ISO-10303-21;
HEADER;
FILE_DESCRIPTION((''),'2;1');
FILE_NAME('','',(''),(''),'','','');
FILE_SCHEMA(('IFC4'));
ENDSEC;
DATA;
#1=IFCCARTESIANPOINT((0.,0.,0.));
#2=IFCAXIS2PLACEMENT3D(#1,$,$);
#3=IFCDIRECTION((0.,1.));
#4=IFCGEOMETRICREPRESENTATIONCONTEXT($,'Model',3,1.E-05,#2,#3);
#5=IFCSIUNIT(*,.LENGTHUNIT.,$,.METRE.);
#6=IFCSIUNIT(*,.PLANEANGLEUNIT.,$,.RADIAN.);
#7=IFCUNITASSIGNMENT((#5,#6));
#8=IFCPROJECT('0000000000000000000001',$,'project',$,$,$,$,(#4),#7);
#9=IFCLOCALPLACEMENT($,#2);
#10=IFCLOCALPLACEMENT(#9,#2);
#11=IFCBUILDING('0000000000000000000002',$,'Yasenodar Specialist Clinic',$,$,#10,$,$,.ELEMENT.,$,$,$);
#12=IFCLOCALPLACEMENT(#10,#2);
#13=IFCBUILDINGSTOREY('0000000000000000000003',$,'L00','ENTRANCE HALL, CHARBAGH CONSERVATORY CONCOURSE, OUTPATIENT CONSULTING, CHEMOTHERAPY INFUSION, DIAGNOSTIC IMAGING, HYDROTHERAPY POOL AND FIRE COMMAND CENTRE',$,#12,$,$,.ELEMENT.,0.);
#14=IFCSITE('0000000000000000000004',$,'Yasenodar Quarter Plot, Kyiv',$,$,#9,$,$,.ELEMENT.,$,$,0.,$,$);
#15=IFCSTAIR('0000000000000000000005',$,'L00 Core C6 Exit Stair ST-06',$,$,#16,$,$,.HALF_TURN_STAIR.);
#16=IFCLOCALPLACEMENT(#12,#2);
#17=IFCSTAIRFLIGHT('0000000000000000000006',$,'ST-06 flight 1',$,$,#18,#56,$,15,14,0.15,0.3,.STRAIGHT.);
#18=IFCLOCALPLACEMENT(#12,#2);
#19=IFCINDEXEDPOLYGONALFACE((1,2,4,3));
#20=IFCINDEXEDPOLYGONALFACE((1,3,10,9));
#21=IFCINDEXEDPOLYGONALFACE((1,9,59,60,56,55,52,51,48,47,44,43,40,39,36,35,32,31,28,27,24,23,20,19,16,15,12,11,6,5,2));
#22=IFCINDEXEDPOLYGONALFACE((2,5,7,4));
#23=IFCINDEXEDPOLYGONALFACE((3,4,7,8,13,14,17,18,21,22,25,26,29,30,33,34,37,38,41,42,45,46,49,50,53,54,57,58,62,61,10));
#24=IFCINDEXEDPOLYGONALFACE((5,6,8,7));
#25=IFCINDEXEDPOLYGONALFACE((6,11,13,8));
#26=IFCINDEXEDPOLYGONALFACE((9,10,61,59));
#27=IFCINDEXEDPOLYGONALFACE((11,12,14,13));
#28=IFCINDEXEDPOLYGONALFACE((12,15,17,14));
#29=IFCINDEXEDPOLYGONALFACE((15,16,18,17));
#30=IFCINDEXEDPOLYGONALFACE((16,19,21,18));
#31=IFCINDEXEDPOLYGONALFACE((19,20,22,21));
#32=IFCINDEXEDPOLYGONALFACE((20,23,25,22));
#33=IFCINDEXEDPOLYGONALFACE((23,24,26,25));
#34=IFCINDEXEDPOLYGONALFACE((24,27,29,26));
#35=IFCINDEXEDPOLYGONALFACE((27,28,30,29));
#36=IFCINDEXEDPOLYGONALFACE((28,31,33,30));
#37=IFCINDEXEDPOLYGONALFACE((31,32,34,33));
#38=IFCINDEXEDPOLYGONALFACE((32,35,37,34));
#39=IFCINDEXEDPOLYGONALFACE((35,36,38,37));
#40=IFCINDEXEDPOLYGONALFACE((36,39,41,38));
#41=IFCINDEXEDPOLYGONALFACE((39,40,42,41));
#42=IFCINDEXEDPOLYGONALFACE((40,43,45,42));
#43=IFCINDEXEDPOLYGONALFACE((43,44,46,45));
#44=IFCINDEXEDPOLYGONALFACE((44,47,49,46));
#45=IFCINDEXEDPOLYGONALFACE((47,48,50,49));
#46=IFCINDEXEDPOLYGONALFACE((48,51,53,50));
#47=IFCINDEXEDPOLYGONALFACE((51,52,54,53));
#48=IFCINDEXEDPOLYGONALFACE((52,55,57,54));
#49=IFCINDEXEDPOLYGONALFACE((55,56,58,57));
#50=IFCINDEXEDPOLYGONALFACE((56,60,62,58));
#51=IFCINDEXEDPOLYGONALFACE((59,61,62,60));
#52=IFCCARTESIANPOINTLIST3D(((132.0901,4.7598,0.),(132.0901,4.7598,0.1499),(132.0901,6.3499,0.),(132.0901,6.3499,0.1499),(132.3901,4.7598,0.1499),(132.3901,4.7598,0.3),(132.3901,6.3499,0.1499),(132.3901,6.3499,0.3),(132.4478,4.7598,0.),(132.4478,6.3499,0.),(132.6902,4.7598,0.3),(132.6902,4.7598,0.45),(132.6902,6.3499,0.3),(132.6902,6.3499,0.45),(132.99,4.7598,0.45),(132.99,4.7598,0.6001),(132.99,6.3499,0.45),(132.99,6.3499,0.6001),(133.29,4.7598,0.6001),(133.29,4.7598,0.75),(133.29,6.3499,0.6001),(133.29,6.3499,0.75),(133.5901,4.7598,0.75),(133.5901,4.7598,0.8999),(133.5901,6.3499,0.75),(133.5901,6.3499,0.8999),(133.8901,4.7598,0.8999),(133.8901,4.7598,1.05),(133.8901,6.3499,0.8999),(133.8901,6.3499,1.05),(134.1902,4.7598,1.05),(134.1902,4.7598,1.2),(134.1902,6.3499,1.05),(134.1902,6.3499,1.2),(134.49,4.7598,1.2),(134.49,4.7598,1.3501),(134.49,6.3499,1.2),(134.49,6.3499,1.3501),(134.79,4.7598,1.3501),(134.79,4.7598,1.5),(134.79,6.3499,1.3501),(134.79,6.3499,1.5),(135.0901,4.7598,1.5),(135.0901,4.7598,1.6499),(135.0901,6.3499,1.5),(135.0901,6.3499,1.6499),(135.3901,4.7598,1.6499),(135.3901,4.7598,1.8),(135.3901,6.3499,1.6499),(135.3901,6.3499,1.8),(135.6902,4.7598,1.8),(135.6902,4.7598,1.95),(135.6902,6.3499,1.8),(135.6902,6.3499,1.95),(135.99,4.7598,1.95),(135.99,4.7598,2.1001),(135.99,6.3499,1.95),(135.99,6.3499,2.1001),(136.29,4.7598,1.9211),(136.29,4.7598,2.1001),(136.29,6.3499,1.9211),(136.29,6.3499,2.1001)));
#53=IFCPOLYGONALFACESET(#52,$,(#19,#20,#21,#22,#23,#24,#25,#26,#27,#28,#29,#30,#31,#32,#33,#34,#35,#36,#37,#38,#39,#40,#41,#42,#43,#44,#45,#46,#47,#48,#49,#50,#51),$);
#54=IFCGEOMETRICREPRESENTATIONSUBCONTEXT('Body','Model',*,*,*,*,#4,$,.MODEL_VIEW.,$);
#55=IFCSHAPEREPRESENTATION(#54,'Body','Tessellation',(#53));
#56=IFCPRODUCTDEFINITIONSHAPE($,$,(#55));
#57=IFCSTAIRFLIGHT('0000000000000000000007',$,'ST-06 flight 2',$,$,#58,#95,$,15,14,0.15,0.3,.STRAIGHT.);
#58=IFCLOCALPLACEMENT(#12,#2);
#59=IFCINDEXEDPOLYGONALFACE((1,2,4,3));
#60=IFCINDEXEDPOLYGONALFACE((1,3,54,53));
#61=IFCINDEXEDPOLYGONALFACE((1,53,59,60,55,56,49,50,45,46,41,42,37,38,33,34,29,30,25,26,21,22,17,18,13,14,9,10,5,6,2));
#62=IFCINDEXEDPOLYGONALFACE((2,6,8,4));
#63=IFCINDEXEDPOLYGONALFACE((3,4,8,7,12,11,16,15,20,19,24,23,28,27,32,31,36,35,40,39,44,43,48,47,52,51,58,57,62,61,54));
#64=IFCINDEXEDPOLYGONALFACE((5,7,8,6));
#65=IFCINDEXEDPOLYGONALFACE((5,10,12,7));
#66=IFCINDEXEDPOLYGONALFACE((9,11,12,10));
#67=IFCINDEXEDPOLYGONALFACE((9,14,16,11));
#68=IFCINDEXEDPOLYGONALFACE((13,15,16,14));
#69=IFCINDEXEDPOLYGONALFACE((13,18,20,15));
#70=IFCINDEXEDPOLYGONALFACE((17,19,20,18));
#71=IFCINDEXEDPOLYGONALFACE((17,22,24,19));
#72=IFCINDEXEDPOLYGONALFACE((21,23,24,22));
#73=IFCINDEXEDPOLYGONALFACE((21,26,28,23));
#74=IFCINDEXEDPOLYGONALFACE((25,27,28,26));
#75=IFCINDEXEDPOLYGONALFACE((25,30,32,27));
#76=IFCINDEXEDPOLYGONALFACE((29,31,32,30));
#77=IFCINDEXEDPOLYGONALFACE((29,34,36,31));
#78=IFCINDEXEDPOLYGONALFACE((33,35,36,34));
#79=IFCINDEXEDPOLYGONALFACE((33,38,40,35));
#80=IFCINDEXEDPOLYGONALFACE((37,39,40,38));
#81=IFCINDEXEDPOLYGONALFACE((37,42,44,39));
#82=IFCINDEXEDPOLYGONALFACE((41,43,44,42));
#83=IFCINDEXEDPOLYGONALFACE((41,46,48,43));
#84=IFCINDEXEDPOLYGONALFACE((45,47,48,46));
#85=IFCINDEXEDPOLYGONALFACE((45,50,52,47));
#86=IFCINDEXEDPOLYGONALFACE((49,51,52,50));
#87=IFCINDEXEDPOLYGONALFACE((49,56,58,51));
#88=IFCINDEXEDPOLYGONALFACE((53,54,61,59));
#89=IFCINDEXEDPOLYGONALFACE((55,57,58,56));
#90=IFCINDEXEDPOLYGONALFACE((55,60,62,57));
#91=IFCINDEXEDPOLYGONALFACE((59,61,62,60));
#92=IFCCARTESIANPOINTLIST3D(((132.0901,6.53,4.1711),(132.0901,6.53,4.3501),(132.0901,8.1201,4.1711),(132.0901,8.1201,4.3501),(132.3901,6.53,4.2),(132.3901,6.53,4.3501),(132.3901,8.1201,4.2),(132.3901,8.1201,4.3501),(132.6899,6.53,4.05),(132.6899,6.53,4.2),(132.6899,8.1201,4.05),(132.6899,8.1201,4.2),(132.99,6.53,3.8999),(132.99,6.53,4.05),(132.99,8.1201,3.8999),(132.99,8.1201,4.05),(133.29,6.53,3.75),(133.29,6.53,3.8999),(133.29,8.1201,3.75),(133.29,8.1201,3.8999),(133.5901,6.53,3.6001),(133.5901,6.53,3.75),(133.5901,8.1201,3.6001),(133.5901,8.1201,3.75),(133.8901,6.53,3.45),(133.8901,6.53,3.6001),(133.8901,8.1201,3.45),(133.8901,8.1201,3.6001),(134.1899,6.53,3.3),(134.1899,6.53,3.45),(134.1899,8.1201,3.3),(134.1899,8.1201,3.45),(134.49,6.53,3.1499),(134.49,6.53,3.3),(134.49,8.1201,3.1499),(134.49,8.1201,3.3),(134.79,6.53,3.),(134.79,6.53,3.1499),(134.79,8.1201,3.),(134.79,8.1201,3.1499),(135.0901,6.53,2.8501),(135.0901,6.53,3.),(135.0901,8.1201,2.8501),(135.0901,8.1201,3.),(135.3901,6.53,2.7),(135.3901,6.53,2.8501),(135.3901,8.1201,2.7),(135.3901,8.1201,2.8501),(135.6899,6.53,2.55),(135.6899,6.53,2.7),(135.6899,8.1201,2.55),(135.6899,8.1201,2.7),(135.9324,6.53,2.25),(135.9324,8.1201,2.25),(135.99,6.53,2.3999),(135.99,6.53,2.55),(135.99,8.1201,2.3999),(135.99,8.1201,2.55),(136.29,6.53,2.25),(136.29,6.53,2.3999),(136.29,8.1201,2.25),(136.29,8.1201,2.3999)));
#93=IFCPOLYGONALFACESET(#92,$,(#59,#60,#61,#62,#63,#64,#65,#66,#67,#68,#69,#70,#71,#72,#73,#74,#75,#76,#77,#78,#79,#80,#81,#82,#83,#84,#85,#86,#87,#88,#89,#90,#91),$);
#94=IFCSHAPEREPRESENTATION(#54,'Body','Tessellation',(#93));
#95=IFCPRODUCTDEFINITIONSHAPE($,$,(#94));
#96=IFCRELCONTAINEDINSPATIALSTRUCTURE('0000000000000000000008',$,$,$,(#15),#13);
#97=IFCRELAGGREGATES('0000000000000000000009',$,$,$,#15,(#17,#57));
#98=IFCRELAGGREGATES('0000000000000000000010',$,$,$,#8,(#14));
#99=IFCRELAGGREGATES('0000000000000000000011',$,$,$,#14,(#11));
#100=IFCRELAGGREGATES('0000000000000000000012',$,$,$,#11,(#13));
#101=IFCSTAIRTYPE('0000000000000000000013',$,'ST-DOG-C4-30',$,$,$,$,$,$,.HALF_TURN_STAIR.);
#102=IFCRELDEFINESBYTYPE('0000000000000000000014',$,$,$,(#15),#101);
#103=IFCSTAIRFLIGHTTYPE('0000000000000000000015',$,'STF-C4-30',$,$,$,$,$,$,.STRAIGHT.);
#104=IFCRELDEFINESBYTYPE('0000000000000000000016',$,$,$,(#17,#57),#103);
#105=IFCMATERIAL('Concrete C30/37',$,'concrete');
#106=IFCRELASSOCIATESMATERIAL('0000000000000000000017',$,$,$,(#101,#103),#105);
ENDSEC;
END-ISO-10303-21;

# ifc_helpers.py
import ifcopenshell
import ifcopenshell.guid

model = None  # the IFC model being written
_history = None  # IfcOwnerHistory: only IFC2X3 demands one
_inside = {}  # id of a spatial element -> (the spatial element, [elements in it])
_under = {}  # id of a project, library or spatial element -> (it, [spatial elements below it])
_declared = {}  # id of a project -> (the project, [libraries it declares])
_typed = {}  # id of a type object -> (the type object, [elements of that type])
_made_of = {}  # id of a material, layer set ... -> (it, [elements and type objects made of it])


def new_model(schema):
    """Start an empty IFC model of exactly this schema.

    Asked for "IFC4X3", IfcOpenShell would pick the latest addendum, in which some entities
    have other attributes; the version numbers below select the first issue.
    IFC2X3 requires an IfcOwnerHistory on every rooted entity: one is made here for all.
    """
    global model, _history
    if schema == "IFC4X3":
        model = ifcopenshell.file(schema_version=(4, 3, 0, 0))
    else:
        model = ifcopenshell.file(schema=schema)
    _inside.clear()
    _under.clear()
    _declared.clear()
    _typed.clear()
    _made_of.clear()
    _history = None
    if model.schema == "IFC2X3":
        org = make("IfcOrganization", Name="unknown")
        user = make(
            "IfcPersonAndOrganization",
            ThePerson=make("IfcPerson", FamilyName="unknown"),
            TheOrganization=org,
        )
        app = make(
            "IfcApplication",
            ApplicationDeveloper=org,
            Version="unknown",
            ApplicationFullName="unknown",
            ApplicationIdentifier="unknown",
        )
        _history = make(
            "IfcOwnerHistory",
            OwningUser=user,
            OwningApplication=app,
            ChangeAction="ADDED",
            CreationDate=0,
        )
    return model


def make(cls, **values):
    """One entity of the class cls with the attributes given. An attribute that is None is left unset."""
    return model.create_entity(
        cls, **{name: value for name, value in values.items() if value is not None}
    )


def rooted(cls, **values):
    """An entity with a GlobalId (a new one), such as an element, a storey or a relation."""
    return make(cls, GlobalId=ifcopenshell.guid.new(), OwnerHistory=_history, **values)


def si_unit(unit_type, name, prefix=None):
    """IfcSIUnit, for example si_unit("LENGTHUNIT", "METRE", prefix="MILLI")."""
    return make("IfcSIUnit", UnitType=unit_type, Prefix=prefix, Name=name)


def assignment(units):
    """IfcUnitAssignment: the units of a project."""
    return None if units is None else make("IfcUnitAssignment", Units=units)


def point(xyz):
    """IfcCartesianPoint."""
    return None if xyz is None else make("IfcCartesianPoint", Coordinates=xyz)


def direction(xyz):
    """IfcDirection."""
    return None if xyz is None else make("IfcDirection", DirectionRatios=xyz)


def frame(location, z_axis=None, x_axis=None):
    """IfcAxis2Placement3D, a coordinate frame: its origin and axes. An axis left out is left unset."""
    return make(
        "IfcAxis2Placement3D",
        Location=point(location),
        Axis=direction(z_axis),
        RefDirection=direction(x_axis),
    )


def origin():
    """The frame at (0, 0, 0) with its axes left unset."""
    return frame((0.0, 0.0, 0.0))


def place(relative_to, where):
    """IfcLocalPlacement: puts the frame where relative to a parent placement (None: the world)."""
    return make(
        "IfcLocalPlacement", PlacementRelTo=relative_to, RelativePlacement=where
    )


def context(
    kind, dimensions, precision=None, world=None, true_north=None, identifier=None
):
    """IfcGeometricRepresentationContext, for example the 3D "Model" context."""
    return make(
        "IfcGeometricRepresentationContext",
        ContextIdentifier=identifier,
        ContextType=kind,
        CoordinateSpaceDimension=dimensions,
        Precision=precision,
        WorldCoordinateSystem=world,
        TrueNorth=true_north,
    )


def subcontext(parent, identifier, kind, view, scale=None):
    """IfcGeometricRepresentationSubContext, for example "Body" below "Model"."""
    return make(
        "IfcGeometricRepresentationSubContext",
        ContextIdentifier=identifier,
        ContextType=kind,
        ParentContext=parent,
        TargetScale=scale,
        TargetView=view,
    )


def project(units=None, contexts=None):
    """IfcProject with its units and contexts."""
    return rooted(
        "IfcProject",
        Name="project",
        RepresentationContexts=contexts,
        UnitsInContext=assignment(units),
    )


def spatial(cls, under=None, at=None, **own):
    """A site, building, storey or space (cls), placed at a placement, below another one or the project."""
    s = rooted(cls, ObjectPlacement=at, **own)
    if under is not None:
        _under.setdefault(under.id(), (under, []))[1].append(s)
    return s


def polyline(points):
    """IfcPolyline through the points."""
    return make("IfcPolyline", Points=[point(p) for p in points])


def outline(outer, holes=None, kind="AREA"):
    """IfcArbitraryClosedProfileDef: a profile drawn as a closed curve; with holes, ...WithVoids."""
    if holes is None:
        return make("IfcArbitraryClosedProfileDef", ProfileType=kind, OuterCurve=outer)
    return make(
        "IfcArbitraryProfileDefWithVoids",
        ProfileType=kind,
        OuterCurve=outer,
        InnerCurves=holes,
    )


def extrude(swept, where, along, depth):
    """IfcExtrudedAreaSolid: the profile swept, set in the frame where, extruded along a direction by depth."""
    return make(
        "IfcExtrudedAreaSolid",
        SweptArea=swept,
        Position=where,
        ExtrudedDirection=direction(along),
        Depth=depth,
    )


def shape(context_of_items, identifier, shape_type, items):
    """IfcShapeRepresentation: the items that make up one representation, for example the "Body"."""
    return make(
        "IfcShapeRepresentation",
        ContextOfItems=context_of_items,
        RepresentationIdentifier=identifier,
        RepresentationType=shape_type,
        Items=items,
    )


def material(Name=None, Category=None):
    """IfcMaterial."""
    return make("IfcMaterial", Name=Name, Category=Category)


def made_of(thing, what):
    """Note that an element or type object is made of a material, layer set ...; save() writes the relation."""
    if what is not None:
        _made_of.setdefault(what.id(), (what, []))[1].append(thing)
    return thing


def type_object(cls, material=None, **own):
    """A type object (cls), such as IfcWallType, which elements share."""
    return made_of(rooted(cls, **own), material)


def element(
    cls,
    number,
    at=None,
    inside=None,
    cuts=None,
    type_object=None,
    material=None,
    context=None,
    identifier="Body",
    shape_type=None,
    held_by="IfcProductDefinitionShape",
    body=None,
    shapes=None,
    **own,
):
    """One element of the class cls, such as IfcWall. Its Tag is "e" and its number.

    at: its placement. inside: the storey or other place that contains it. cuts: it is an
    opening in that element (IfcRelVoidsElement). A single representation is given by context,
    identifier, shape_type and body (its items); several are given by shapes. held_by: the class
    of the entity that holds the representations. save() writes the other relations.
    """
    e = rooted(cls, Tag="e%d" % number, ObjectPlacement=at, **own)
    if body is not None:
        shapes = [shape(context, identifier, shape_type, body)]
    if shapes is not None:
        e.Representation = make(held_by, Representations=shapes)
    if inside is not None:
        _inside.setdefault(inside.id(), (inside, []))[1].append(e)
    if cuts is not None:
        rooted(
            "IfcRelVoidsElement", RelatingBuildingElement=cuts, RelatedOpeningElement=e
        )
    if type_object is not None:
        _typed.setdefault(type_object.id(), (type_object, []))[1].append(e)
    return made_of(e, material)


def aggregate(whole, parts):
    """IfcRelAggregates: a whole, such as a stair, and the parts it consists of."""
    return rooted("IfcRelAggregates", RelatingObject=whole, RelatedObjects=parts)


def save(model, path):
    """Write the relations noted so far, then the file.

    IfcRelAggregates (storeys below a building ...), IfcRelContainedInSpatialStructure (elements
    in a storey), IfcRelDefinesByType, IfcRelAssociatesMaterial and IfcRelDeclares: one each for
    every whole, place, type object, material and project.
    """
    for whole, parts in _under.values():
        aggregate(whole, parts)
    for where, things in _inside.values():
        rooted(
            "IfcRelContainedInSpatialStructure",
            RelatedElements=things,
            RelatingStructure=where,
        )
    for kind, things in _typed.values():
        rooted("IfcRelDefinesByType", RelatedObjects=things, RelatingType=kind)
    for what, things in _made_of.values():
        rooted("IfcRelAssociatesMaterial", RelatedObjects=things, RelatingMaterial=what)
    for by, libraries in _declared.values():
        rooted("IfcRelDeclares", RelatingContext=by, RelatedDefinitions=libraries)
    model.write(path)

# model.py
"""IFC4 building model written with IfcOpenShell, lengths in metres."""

from ifc_helpers import new_model, si_unit, direction, frame, origin, place, context, subcontext, project, spatial, polyline, outline, extrude, material, type_object, element, aggregate, save


model = new_model("IFC4")

# Units and contexts
model_context = context("Model", 3, precision=1e-05, world=origin(), true_north=direction((0.0, 1.0)))
body_context = subcontext(model_context, "Body", "Model", "MODEL_VIEW")
ifc_project = project(units=[si_unit("LENGTHUNIT", "METRE"), si_unit("PLANEANGLEUNIT", "RADIAN")], contexts=[model_context])

# Site, building, storey
site_placement = place(None, origin())
site = spatial("IfcSite", under=ifc_project, at=site_placement, Name="Yasenodar Quarter Plot, Kyiv", CompositionType="ELEMENT", RefElevation=0.0)
building_placement = place(site_placement, origin())
building = spatial("IfcBuilding", under=site, at=building_placement, Name="Yasenodar Specialist Clinic", CompositionType="ELEMENT")
storey_placement = place(building_placement, origin())
storey = spatial("IfcBuildingStorey", under=building, at=storey_placement, Name="L00", Description="ENTRANCE HALL, CHARBAGH CONSERVATORY CONCOURSE, OUTPATIENT CONSULTING, CHEMOTHERAPY INFUSION, DIAGNOSTIC IMAGING, HYDROTHERAPY POOL AND FIRE COMMAND CENTRE", CompositionType="ELEMENT", Elevation=0.0)

# Stair, stair flights
ifc_material_1 = material(Name="Concrete C30/37", Category="concrete")
stair_type = type_object("IfcStairType", Name="ST-DOG-C4-30", PredefinedType="HALF_TURN_STAIR", material=ifc_material_1)
stair_placement = place(storey_placement, origin())
stair = element("IfcStair", 1, at=stair_placement, inside=storey, type_object=stair_type, Name="L00 Core C6 Exit Stair ST-06", PredefinedType="HALF_TURN_STAIR")
stair_flight_type = type_object("IfcStairFlightType", Name="STF-C4-30", PredefinedType="STRAIGHT", material=ifc_material_1)
stair_flight_1_placement = place(storey_placement, frame((132.0901, 5.5549, 0.0), z_axis=(0.0, 0.0, 1.0), x_axis=(1.0, 0.0, 0.0)))
stair_flight_1 = element("IfcStairFlight", 2, at=stair_flight_1_placement, type_object=stair_flight_type, Name="ST-06 flight 1", NumberOfRisers=15, NumberOfTreads=14, PredefinedType="STRAIGHT", RiserHeight=0.15, TreadLength=0.3, context=body_context, shape_type="SweptSolid", body=[
    extrude(outline(polyline([(0.0, 0.0), (0.0, 0.1499), (0.3, 0.1499), (0.3, 0.3), (0.6001, 0.3), (0.6001, 0.45), (0.8999, 0.45), (0.8999, 0.6001), (1.2, 0.6001), (1.2, 0.75), (1.5, 0.75), (1.5, 0.8999), (1.8, 0.8999), (1.8, 1.05), (2.1001, 1.05), (2.1001, 1.2), (2.3999, 1.2), (2.3999, 1.3501), (2.7, 1.3501), (2.7, 1.5), (3.0, 1.5), (3.0, 1.6499), (3.3, 1.6499), (3.3, 1.8), (3.6001, 1.8), (3.6001, 1.95), (3.8999, 1.95), (3.8999, 2.1001), (4.2, 2.1001), (4.2, 2.25), (4.2, 1.9211), (0.3577, 0.0), (0.0, 0.0)])), frame((0.0, 0.7949, 0.0), z_axis=(0.0, -1.0, 0.0), x_axis=(1.0, 0.0, 0.0)), (0.0, 0.0, 1.0), 1.5901),
])
stair_flight_2_placement = place(storey_placement, frame((136.29, 7.325, 2.25), z_axis=(0.0, 0.0, 1.0), x_axis=(-1.0, 0.0, 0.0)))
stair_flight_2 = element("IfcStairFlight", 3, at=stair_flight_2_placement, type_object=stair_flight_type, Name="ST-06 flight 2", NumberOfRisers=15, NumberOfTreads=14, PredefinedType="STRAIGHT", RiserHeight=0.15, TreadLength=0.3, context=body_context, shape_type="SweptSolid", body=[
    extrude(outline(polyline([(0.0, 0.0), (0.0, 0.1499), (0.3, 0.1499), (0.3, 0.3), (0.6001, 0.3), (0.6001, 0.45), (0.8999, 0.45), (0.8999, 0.6001), (1.2, 0.6001), (1.2, 0.75), (1.5, 0.75), (1.5, 0.8999), (1.8, 0.8999), (1.8, 1.05), (2.1001, 1.05), (2.1001, 1.2), (2.3999, 1.2), (2.3999, 1.3501), (2.7, 1.3501), (2.7, 1.5), (3.0, 1.5), (3.0, 1.6499), (3.3, 1.6499), (3.3, 1.8), (3.6001, 1.8), (3.6001, 1.95), (3.8999, 1.95), (3.8999, 2.1001), (4.2, 2.1001), (4.2, 2.25), (4.2, 1.9211), (0.3577, 0.0), (0.0, 0.0)])), frame((0.0, 0.7949, 0.0), z_axis=(0.0, -1.0, 0.0), x_axis=(1.0, 0.0, 0.0)), (0.0, 0.0, 1.0), 1.5901),
])
aggregate(stair, [stair_flight_1, stair_flight_2])

save(model, "model.ifc")
